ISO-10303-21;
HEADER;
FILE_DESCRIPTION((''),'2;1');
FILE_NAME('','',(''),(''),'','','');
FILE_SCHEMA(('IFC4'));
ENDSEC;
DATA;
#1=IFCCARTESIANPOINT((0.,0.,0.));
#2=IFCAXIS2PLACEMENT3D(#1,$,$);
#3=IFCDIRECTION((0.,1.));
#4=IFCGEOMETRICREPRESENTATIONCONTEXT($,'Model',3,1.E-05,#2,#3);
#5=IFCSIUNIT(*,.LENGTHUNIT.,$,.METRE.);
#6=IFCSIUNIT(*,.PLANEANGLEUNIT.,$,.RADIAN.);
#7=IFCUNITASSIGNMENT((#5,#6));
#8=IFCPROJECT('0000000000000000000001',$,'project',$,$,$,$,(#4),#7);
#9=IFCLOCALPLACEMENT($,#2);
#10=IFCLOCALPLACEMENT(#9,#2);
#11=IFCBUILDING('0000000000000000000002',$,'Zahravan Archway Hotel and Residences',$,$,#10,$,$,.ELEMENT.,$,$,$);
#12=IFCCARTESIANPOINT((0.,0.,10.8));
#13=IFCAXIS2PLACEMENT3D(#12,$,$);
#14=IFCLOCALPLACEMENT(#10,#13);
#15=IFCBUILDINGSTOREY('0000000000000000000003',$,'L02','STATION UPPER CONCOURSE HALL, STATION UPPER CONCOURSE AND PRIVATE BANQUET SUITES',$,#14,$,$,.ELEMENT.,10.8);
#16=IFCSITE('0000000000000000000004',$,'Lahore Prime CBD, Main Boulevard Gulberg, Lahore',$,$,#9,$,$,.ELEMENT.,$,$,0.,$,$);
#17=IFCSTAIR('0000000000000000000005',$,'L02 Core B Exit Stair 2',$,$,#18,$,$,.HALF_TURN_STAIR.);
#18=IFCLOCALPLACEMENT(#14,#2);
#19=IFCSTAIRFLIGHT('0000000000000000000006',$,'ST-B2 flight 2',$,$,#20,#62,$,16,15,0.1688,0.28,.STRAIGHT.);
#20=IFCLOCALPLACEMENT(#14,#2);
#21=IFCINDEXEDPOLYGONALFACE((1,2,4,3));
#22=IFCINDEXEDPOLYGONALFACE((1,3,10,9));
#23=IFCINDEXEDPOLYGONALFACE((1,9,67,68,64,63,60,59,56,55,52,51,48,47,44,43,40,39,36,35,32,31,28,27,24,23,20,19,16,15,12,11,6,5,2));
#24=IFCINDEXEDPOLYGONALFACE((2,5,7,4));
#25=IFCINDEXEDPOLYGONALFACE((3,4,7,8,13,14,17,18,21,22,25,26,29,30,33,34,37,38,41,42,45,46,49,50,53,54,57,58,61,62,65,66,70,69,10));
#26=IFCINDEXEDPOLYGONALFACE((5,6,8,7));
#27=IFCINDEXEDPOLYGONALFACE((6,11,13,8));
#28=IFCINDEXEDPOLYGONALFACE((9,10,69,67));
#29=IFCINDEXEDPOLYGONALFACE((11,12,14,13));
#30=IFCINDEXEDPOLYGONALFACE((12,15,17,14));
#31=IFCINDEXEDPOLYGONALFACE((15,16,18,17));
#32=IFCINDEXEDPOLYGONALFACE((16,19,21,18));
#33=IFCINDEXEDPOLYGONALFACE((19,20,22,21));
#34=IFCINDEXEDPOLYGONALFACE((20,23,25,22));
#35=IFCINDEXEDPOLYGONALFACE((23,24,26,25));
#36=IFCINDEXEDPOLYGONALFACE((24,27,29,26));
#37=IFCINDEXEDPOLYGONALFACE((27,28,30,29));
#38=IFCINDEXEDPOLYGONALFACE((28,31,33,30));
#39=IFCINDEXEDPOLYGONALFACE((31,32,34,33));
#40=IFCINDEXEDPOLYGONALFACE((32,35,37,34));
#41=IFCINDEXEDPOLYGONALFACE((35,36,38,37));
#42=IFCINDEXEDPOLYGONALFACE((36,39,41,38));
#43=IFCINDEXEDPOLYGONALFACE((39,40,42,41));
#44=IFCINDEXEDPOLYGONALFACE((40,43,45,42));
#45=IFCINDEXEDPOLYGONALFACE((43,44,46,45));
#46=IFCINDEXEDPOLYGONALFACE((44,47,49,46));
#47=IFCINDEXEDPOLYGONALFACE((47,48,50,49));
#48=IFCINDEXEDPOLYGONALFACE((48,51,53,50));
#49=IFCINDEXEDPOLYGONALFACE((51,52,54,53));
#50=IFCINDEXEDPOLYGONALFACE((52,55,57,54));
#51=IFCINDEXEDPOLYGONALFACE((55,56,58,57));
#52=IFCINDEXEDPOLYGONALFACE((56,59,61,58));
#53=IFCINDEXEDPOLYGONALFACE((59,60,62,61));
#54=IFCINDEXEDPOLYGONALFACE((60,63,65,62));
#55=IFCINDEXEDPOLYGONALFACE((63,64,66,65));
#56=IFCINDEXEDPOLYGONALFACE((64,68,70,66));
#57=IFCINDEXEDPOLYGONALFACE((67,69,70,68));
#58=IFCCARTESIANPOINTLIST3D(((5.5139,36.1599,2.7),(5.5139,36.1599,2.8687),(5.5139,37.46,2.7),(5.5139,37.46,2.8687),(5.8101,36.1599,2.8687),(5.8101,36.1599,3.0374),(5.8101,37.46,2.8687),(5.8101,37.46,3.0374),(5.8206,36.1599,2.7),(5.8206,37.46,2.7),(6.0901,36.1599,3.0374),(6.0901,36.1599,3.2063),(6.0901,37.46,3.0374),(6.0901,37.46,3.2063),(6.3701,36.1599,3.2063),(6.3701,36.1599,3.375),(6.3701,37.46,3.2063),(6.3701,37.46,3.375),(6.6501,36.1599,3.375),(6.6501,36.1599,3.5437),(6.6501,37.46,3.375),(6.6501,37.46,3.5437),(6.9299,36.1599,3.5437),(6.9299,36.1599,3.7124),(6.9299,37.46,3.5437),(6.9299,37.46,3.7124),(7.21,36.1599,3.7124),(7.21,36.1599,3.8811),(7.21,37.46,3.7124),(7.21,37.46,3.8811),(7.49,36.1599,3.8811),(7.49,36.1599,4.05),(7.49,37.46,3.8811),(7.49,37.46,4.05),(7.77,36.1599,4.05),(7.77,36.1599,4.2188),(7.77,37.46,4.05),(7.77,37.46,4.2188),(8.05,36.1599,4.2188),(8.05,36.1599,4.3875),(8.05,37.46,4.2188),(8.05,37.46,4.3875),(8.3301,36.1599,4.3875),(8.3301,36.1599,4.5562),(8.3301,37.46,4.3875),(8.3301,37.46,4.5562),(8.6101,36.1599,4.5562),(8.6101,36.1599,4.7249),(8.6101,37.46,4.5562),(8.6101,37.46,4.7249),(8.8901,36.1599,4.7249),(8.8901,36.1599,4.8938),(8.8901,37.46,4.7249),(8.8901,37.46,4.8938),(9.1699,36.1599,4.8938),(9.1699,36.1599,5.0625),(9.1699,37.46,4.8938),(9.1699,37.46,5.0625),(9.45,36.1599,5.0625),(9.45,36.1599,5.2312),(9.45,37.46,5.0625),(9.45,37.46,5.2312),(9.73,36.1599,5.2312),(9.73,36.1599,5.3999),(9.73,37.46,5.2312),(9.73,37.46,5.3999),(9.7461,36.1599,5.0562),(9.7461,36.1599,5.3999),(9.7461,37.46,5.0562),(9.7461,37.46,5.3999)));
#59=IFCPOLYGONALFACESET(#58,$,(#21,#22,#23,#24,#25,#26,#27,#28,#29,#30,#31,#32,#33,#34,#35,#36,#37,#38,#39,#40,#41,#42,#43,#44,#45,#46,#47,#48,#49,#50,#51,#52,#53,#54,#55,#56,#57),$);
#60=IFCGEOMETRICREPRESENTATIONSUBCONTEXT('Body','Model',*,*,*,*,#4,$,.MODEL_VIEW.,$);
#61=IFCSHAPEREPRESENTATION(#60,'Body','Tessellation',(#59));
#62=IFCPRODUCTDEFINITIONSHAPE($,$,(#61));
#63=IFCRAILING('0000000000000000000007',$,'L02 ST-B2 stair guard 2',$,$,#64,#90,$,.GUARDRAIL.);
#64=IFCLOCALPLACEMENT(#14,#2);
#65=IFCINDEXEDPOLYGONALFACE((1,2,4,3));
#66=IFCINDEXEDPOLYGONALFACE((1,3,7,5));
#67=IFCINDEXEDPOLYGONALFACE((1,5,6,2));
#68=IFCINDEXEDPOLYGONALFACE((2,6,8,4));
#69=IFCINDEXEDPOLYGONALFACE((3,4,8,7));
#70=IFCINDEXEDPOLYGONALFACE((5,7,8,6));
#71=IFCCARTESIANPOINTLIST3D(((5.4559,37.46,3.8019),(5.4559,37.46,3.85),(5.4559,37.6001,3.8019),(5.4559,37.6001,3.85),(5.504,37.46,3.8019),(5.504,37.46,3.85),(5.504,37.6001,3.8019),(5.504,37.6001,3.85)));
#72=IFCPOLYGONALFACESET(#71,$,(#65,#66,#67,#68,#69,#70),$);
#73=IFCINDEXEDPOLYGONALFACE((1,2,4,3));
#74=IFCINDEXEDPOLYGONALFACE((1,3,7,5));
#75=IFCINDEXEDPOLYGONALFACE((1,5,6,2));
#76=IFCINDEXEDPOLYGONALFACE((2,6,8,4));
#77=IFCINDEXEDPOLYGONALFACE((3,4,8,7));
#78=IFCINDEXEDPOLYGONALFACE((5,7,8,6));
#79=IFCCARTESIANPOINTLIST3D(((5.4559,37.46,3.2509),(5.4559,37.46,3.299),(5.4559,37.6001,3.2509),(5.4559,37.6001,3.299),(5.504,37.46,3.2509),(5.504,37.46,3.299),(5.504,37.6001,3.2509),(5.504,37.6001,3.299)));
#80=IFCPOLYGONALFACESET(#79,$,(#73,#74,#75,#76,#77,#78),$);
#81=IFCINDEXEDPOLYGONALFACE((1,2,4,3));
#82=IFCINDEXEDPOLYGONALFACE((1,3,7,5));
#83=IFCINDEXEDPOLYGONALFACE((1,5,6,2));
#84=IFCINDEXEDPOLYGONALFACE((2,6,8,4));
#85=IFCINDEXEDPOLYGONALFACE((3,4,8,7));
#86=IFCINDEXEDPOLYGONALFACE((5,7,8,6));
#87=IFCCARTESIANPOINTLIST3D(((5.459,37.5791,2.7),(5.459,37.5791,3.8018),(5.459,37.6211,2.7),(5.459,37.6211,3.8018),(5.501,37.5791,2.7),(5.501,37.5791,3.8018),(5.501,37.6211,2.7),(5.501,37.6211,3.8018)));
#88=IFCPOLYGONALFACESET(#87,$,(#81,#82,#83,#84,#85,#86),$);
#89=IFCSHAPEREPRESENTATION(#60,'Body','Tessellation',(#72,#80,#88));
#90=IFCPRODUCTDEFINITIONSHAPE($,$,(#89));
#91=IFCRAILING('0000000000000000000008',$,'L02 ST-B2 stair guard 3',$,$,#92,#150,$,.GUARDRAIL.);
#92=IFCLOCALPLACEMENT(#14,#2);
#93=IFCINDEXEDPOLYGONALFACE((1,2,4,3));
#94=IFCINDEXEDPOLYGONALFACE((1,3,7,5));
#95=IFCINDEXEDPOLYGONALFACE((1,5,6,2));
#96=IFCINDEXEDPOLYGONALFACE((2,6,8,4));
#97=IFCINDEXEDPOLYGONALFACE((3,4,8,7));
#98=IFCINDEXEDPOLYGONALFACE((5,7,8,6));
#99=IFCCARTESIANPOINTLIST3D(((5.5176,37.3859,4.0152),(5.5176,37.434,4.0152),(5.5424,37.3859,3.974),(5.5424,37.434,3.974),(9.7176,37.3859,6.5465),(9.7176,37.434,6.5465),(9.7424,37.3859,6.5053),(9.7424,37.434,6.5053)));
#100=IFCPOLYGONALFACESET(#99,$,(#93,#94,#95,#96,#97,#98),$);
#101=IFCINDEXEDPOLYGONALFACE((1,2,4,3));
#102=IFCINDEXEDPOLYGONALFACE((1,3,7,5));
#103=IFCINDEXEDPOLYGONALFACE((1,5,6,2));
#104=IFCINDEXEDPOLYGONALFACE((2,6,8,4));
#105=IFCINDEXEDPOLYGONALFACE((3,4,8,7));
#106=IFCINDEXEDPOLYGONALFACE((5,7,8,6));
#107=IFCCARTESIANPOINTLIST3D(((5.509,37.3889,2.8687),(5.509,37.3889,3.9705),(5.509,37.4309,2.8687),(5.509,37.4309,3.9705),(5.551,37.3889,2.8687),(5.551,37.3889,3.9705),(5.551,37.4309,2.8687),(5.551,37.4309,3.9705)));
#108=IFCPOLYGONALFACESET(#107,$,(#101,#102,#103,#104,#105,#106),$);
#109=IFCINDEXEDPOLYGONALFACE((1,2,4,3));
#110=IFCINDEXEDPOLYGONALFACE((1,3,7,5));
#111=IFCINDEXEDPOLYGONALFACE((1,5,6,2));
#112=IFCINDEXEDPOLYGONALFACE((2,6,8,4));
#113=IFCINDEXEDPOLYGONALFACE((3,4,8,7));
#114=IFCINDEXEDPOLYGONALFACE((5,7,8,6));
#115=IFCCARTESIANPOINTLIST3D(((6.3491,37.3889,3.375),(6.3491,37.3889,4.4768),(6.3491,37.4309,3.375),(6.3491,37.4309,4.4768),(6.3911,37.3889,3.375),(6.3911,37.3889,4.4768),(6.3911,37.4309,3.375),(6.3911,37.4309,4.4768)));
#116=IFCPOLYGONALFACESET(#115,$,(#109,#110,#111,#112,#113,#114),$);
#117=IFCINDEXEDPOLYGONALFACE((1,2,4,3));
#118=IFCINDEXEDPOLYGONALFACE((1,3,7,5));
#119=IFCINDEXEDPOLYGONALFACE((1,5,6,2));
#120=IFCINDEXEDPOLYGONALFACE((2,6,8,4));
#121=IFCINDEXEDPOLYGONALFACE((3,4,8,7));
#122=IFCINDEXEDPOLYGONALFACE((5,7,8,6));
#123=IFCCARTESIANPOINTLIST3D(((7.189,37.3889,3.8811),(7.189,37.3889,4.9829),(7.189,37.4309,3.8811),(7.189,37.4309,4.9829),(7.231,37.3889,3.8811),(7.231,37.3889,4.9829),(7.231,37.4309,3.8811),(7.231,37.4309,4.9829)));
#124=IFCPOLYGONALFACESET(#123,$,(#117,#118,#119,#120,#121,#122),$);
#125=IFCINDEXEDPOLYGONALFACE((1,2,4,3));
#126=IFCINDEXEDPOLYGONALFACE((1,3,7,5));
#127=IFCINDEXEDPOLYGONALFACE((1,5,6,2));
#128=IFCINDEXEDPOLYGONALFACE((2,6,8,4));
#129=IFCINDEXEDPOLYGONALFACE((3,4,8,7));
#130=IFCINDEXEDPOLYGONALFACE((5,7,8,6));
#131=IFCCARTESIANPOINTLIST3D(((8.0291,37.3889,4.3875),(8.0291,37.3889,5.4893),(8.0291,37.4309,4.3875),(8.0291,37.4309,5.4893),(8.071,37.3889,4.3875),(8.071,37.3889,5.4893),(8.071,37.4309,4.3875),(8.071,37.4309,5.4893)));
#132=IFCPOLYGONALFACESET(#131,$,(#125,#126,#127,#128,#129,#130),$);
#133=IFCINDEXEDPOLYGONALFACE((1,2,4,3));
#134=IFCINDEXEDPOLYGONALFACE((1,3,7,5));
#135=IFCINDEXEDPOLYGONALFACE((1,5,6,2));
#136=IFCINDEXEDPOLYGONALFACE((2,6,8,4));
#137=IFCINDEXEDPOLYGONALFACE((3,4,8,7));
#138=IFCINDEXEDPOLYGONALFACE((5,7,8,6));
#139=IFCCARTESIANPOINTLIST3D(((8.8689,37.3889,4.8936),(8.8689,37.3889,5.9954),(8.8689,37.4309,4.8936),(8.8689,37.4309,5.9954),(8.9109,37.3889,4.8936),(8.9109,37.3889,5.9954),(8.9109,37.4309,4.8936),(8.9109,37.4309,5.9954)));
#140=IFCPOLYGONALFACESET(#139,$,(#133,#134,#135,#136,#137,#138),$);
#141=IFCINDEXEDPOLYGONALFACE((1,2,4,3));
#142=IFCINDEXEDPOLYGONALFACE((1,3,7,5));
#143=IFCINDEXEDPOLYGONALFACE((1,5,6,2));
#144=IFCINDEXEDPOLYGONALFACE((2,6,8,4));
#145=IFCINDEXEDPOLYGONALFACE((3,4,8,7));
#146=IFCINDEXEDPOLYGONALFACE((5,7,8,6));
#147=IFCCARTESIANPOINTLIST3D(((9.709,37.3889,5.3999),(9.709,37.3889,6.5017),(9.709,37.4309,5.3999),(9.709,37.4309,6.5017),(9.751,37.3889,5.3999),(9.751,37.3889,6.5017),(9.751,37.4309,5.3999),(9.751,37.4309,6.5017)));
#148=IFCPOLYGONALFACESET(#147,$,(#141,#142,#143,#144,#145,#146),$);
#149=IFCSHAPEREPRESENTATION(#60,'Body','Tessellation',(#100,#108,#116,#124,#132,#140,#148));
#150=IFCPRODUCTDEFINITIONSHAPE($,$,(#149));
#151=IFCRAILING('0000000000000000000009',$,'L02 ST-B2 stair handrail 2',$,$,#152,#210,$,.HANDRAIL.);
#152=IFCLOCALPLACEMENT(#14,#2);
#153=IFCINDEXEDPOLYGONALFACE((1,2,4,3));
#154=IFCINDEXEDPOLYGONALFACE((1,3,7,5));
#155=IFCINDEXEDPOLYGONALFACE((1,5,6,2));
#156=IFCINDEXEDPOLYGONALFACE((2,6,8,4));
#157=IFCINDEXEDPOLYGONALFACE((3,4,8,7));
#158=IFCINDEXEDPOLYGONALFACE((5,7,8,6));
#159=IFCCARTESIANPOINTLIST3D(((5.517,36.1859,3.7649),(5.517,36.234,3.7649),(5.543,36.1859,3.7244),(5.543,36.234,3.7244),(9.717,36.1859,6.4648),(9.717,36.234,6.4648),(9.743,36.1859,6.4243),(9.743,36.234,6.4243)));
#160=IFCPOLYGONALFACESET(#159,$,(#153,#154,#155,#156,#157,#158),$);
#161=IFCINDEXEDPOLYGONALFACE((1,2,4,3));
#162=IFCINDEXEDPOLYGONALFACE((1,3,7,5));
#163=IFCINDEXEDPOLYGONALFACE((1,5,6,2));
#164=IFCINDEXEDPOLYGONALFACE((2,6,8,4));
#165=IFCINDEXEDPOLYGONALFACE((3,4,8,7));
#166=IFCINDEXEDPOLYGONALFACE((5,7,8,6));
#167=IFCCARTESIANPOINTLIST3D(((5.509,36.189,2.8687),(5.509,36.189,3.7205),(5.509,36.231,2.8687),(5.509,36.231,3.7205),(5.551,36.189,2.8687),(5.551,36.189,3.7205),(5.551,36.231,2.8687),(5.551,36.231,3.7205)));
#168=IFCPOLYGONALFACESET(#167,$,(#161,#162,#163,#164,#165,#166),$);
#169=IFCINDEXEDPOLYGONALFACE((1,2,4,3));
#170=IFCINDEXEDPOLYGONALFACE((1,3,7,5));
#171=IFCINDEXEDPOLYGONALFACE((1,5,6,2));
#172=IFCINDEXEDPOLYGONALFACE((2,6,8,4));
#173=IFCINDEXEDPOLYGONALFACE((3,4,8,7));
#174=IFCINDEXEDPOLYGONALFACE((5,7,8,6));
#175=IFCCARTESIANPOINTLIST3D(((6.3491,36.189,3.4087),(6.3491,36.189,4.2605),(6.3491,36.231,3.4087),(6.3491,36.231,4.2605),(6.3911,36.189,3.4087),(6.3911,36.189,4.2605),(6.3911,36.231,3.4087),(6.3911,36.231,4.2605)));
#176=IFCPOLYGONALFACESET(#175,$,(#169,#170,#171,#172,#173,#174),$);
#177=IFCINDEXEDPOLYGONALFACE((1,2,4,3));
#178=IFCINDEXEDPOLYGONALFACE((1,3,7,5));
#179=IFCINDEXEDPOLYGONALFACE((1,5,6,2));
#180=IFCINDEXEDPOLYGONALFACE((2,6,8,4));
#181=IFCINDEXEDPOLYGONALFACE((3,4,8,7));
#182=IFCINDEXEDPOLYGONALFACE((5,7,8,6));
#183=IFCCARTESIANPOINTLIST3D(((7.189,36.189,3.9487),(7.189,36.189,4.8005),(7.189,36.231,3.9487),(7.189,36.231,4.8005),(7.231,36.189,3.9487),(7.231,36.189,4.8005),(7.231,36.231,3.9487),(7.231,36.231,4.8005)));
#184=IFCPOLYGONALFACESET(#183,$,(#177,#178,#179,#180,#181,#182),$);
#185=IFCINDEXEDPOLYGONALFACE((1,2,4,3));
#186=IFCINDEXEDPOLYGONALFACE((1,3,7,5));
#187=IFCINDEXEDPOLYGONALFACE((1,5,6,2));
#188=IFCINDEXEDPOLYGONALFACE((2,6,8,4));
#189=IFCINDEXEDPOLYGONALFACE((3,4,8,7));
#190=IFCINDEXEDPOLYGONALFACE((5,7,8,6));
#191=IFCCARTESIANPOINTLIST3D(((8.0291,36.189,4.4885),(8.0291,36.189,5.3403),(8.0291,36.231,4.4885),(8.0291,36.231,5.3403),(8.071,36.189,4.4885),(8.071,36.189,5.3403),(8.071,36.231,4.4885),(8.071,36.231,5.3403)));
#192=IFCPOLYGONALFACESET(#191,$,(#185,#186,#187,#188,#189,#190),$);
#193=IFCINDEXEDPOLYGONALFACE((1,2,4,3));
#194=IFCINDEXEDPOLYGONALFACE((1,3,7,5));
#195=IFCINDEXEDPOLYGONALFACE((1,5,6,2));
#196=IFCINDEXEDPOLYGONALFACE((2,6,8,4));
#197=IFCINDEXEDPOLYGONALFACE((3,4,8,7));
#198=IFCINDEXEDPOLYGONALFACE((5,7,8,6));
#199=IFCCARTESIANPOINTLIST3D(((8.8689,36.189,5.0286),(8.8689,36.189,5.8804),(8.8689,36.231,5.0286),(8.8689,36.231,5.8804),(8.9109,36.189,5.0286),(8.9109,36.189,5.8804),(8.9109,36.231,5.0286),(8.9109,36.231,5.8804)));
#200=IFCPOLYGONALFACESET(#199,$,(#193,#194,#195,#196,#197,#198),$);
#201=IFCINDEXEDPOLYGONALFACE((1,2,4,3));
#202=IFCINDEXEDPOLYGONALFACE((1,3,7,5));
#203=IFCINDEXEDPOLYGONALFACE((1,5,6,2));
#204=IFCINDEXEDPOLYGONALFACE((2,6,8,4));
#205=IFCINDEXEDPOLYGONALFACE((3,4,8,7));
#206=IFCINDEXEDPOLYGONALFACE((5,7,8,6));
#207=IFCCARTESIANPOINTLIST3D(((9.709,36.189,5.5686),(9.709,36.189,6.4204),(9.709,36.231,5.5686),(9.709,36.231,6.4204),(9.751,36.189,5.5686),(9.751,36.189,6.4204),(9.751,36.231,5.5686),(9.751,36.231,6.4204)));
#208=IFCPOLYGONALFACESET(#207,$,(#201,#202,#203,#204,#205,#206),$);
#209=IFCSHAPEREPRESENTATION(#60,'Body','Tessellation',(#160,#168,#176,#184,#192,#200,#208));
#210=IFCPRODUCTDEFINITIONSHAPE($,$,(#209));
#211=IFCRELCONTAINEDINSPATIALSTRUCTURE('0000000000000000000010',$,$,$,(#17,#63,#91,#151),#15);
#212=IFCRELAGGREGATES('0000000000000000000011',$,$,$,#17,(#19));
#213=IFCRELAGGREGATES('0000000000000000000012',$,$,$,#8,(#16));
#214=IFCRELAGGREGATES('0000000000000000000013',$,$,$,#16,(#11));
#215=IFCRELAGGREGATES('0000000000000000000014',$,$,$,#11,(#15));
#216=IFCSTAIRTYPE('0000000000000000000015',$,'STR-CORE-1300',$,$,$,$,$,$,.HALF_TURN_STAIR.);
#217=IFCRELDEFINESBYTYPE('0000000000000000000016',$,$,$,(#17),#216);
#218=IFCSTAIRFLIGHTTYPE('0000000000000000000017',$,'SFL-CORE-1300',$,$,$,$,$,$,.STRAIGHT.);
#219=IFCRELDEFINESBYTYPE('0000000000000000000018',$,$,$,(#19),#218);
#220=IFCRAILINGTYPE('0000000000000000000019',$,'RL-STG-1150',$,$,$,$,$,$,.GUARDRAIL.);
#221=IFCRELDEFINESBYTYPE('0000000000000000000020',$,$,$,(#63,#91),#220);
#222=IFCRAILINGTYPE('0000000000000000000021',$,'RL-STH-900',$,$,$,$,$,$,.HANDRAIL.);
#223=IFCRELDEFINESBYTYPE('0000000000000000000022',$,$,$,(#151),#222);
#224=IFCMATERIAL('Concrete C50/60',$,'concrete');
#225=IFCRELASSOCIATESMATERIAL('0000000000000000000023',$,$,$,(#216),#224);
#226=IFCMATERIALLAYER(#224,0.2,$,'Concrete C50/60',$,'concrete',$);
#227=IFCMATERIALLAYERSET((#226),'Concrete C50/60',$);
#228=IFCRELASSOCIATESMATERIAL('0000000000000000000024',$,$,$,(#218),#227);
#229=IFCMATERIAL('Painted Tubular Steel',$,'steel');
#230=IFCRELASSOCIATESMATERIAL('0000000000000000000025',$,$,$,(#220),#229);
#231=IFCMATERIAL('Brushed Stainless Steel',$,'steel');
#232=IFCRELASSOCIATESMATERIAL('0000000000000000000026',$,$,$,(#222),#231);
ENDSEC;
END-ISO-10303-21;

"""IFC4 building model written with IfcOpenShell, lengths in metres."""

from ifc_helpers import new_model, si_unit, direction, frame, origin, origin_2d, place, context, subcontext, project, spatial, polyline, rectangle, outline, extrude, source, transform, mapped, material, layer, layer_set, type_object, element, aggregate, save


model = new_model("IFC4")

# Units and contexts
model_context = context("Model", 3, precision=1e-05, world=origin(), true_north=direction((0.0, 1.0)))
body_context = subcontext(model_context, "Body", "Model", "MODEL_VIEW")
ifc_project = project(units=[si_unit("LENGTHUNIT", "METRE"), si_unit("PLANEANGLEUNIT", "RADIAN")], contexts=[model_context])

# Site, building, storey
site_placement = place(None, origin())
site = spatial("IfcSite", under=ifc_project, at=site_placement, Name="Lahore Prime CBD, Main Boulevard Gulberg, Lahore", CompositionType="ELEMENT", RefElevation=0.0)
building_placement = place(site_placement, origin())
building = spatial("IfcBuilding", under=site, at=building_placement, Name="Zahravan Archway Hotel and Residences", CompositionType="ELEMENT")
storey_placement = place(building_placement, frame((0.0, 0.0, 10.8)))
storey = spatial("IfcBuildingStorey", under=building, at=storey_placement, Name="L02", Description="STATION UPPER CONCOURSE HALL, STATION UPPER CONCOURSE AND PRIVATE BANQUET SUITES", CompositionType="ELEMENT", Elevation=10.8)

# Shared definitions
ifc_material_1 = material(Name="Concrete C50/60", Category="concrete")

# Stair, stair flight
stair_type = type_object("IfcStairType", Name="STR-CORE-1300", PredefinedType="HALF_TURN_STAIR", material=ifc_material_1)
stair_placement = place(storey_placement, origin())
stair = element("IfcStair", 1, at=stair_placement, inside=storey, type_object=stair_type, Name="L02 Core B Exit Stair 2", PredefinedType="HALF_TURN_STAIR")
ifc_layer_1 = layer(ifc_material_1, 0.2, Name="Concrete C50/60", Category="concrete")
ifc_layer_set_1 = layer_set([ifc_layer_1], Name="Concrete C50/60")
stair_flight_type = type_object("IfcStairFlightType", Name="SFL-CORE-1300", PredefinedType="STRAIGHT", material=ifc_layer_set_1)
shared_shape_1 = source(origin(), body_context, "Body", "SweptSolid", [
    extrude(outline(polyline([(-0.0161, 0.0), (-0.0161, 0.1687), (0.28, 0.1687), (0.28, 0.3374), (0.5601, 0.3374), (0.5601, 0.5063), (0.8401, 0.5063), (0.8401, 0.675), (1.1201, 0.675), (1.1201, 0.8438), (1.3999, 0.8438), (1.3999, 1.0125), (1.6799, 1.0125), (1.6799, 1.1812), (1.96, 1.1812), (1.96, 1.3501), (2.24, 1.3501), (2.24, 1.5188), (2.52, 1.5188), (2.52, 1.6875), (2.8, 1.6875), (2.8, 1.8562), (3.0801, 1.8562), (3.0801, 2.0249), (3.3601, 2.0249), (3.3601, 2.1938), (3.6399, 2.1938), (3.6399, 2.3625), (3.9199, 2.3625), (3.9199, 2.5312), (4.2, 2.5312), (4.2, 2.7), (4.2161, 2.7), (4.2161, 2.3562), (0.2905, 0.0), (-0.0161, 0.0)])), frame((0.0, 0.6499, 0.0), z_axis=(0.0, -1.0, 0.0), x_axis=(1.0, 0.0, 0.0)), (0.0, 0.0, 1.0), 1.3),
])
stair_flight_placement = place(storey_placement, frame((5.53, 36.8101, 2.7), z_axis=(0.0, 0.0, 1.0), x_axis=(1.0, 0.0, 0.0)))
stair_flight = element("IfcStairFlight", 2, at=stair_flight_placement, type_object=stair_flight_type, Name="ST-B2 flight 2", NumberOfRisers=16, NumberOfTreads=15, PredefinedType="STRAIGHT", RiserHeight=0.1688, TreadLength=0.28, context=body_context, shape_type="MappedRepresentation", body=[
    mapped(shared_shape_1, transform((0.0, 0.0, 0.0), scale=1.0)),
])
aggregate(stair, [stair_flight])

# Railings
ifc_material_2 = material(Name="Painted Tubular Steel", Category="steel")
railing_type_1 = type_object("IfcRailingType", Name="RL-STG-1150", PredefinedType="GUARDRAIL", material=ifc_material_2)
railing_1_placement = place(storey_placement, frame((5.48, 37.6001, 2.7)))
element("IfcRailing", 3, at=railing_1_placement, inside=storey, type_object=railing_type_1, Name="L02 ST-B2 stair guard 2", PredefinedType="GUARDRAIL", context=body_context, shape_type="SweptSolid", body=[
    extrude(rectangle(XDim=0.0481, YDim=0.0481, at=origin_2d()), frame((0.0, 0.0, 1.126), z_axis=(0.0, -1.0, 0.0), x_axis=(1.0, 0.0, 0.0)), (0.0, 0.0, 1.0), 0.1401),
    extrude(rectangle(XDim=0.0481, YDim=0.0481, at=origin_2d()), frame((0.0, 0.0, 0.575), z_axis=(0.0, -1.0, 0.0), x_axis=(1.0, 0.0, 0.0)), (0.0, 0.0, 1.0), 0.1401),
    extrude(rectangle(XDim=0.042, YDim=0.042, at=origin_2d()), origin(), (0.0, 0.0, 1.0), 1.1018),
])
railing_2_placement = place(storey_placement, frame((5.53, 37.4099, 2.8687)))
element("IfcRailing", 4, at=railing_2_placement, inside=storey, type_object=railing_type_1, Name="L02 ST-B2 stair guard 3", PredefinedType="GUARDRAIL", context=body_context, shape_type="SweptSolid", body=[
    extrude(rectangle(XDim=0.0481, YDim=0.0481, at=origin_2d()), frame((0.0, 0.0, 1.126), z_axis=(0.856476, 0.0, 0.516186), x_axis=(0.0, 1.0, 0.0)), (0.0, 0.0, 1.0), 4.9038),
    extrude(rectangle(XDim=0.042, YDim=0.042, at=origin_2d()), origin(), (0.0, 0.0, 1.0), 1.1018),
    extrude(rectangle(XDim=0.042, YDim=0.042, at=origin_2d()), frame((0.8401, 0.0, 0.5063)), (0.0, 0.0, 1.0), 1.1018),
    extrude(rectangle(XDim=0.042, YDim=0.042, at=origin_2d()), frame((1.6799, 0.0, 1.0125)), (0.0, 0.0, 1.0), 1.1018),
    extrude(rectangle(XDim=0.042, YDim=0.042, at=origin_2d()), frame((2.52, 0.0, 1.5188)), (0.0, 0.0, 1.0), 1.1018),
    extrude(rectangle(XDim=0.042, YDim=0.042, at=origin_2d()), frame((3.3599, 0.0, 2.0249)), (0.0, 0.0, 1.0), 1.1018),
    extrude(rectangle(XDim=0.042, YDim=0.042, at=origin_2d()), frame((4.2, 0.0, 2.5312)), (0.0, 0.0, 1.0), 1.1018),
])
ifc_material_3 = material(Name="Brushed Stainless Steel", Category="steel")
railing_type_2 = type_object("IfcRailingType", Name="RL-STH-900", PredefinedType="HANDRAIL", material=ifc_material_3)
railing_3_placement = place(storey_placement, frame((5.53, 36.21, 2.8687)))
element("IfcRailing", 5, at=railing_3_placement, inside=storey, type_object=railing_type_2, Name="L02 ST-B2 stair handrail 2", PredefinedType="HANDRAIL", context=body_context, shape_type="SweptSolid", body=[
    extrude(rectangle(XDim=0.0481, YDim=0.0481, at=origin_2d()), frame((0.0, 0.0, 0.876), z_axis=(0.84118, 0.0, 0.540755), x_axis=(0.0, 1.0, 0.0)), (0.0, 0.0, 1.0), 4.9929),
    extrude(rectangle(XDim=0.042, YDim=0.042, at=origin_2d()), origin(), (0.0, 0.0, 1.0), 0.8518),
    extrude(rectangle(XDim=0.042, YDim=0.042, at=origin_2d()), frame((0.8401, 0.0, 0.54)), (0.0, 0.0, 1.0), 0.8518),
    extrude(rectangle(XDim=0.042, YDim=0.042, at=origin_2d()), frame((1.6799, 0.0, 1.0801)), (0.0, 0.0, 1.0), 0.8518),
    extrude(rectangle(XDim=0.042, YDim=0.042, at=origin_2d()), frame((2.52, 0.0, 1.6199)), (0.0, 0.0, 1.0), 0.8518),
    extrude(rectangle(XDim=0.042, YDim=0.042, at=origin_2d()), frame((3.3599, 0.0, 2.1599)), (0.0, 0.0, 1.0), 0.8518),
    extrude(rectangle(XDim=0.042, YDim=0.042, at=origin_2d()), frame((4.2, 0.0, 2.7)), (0.0, 0.0, 1.0), 0.8518),
])

save(model, "model.ifc")
